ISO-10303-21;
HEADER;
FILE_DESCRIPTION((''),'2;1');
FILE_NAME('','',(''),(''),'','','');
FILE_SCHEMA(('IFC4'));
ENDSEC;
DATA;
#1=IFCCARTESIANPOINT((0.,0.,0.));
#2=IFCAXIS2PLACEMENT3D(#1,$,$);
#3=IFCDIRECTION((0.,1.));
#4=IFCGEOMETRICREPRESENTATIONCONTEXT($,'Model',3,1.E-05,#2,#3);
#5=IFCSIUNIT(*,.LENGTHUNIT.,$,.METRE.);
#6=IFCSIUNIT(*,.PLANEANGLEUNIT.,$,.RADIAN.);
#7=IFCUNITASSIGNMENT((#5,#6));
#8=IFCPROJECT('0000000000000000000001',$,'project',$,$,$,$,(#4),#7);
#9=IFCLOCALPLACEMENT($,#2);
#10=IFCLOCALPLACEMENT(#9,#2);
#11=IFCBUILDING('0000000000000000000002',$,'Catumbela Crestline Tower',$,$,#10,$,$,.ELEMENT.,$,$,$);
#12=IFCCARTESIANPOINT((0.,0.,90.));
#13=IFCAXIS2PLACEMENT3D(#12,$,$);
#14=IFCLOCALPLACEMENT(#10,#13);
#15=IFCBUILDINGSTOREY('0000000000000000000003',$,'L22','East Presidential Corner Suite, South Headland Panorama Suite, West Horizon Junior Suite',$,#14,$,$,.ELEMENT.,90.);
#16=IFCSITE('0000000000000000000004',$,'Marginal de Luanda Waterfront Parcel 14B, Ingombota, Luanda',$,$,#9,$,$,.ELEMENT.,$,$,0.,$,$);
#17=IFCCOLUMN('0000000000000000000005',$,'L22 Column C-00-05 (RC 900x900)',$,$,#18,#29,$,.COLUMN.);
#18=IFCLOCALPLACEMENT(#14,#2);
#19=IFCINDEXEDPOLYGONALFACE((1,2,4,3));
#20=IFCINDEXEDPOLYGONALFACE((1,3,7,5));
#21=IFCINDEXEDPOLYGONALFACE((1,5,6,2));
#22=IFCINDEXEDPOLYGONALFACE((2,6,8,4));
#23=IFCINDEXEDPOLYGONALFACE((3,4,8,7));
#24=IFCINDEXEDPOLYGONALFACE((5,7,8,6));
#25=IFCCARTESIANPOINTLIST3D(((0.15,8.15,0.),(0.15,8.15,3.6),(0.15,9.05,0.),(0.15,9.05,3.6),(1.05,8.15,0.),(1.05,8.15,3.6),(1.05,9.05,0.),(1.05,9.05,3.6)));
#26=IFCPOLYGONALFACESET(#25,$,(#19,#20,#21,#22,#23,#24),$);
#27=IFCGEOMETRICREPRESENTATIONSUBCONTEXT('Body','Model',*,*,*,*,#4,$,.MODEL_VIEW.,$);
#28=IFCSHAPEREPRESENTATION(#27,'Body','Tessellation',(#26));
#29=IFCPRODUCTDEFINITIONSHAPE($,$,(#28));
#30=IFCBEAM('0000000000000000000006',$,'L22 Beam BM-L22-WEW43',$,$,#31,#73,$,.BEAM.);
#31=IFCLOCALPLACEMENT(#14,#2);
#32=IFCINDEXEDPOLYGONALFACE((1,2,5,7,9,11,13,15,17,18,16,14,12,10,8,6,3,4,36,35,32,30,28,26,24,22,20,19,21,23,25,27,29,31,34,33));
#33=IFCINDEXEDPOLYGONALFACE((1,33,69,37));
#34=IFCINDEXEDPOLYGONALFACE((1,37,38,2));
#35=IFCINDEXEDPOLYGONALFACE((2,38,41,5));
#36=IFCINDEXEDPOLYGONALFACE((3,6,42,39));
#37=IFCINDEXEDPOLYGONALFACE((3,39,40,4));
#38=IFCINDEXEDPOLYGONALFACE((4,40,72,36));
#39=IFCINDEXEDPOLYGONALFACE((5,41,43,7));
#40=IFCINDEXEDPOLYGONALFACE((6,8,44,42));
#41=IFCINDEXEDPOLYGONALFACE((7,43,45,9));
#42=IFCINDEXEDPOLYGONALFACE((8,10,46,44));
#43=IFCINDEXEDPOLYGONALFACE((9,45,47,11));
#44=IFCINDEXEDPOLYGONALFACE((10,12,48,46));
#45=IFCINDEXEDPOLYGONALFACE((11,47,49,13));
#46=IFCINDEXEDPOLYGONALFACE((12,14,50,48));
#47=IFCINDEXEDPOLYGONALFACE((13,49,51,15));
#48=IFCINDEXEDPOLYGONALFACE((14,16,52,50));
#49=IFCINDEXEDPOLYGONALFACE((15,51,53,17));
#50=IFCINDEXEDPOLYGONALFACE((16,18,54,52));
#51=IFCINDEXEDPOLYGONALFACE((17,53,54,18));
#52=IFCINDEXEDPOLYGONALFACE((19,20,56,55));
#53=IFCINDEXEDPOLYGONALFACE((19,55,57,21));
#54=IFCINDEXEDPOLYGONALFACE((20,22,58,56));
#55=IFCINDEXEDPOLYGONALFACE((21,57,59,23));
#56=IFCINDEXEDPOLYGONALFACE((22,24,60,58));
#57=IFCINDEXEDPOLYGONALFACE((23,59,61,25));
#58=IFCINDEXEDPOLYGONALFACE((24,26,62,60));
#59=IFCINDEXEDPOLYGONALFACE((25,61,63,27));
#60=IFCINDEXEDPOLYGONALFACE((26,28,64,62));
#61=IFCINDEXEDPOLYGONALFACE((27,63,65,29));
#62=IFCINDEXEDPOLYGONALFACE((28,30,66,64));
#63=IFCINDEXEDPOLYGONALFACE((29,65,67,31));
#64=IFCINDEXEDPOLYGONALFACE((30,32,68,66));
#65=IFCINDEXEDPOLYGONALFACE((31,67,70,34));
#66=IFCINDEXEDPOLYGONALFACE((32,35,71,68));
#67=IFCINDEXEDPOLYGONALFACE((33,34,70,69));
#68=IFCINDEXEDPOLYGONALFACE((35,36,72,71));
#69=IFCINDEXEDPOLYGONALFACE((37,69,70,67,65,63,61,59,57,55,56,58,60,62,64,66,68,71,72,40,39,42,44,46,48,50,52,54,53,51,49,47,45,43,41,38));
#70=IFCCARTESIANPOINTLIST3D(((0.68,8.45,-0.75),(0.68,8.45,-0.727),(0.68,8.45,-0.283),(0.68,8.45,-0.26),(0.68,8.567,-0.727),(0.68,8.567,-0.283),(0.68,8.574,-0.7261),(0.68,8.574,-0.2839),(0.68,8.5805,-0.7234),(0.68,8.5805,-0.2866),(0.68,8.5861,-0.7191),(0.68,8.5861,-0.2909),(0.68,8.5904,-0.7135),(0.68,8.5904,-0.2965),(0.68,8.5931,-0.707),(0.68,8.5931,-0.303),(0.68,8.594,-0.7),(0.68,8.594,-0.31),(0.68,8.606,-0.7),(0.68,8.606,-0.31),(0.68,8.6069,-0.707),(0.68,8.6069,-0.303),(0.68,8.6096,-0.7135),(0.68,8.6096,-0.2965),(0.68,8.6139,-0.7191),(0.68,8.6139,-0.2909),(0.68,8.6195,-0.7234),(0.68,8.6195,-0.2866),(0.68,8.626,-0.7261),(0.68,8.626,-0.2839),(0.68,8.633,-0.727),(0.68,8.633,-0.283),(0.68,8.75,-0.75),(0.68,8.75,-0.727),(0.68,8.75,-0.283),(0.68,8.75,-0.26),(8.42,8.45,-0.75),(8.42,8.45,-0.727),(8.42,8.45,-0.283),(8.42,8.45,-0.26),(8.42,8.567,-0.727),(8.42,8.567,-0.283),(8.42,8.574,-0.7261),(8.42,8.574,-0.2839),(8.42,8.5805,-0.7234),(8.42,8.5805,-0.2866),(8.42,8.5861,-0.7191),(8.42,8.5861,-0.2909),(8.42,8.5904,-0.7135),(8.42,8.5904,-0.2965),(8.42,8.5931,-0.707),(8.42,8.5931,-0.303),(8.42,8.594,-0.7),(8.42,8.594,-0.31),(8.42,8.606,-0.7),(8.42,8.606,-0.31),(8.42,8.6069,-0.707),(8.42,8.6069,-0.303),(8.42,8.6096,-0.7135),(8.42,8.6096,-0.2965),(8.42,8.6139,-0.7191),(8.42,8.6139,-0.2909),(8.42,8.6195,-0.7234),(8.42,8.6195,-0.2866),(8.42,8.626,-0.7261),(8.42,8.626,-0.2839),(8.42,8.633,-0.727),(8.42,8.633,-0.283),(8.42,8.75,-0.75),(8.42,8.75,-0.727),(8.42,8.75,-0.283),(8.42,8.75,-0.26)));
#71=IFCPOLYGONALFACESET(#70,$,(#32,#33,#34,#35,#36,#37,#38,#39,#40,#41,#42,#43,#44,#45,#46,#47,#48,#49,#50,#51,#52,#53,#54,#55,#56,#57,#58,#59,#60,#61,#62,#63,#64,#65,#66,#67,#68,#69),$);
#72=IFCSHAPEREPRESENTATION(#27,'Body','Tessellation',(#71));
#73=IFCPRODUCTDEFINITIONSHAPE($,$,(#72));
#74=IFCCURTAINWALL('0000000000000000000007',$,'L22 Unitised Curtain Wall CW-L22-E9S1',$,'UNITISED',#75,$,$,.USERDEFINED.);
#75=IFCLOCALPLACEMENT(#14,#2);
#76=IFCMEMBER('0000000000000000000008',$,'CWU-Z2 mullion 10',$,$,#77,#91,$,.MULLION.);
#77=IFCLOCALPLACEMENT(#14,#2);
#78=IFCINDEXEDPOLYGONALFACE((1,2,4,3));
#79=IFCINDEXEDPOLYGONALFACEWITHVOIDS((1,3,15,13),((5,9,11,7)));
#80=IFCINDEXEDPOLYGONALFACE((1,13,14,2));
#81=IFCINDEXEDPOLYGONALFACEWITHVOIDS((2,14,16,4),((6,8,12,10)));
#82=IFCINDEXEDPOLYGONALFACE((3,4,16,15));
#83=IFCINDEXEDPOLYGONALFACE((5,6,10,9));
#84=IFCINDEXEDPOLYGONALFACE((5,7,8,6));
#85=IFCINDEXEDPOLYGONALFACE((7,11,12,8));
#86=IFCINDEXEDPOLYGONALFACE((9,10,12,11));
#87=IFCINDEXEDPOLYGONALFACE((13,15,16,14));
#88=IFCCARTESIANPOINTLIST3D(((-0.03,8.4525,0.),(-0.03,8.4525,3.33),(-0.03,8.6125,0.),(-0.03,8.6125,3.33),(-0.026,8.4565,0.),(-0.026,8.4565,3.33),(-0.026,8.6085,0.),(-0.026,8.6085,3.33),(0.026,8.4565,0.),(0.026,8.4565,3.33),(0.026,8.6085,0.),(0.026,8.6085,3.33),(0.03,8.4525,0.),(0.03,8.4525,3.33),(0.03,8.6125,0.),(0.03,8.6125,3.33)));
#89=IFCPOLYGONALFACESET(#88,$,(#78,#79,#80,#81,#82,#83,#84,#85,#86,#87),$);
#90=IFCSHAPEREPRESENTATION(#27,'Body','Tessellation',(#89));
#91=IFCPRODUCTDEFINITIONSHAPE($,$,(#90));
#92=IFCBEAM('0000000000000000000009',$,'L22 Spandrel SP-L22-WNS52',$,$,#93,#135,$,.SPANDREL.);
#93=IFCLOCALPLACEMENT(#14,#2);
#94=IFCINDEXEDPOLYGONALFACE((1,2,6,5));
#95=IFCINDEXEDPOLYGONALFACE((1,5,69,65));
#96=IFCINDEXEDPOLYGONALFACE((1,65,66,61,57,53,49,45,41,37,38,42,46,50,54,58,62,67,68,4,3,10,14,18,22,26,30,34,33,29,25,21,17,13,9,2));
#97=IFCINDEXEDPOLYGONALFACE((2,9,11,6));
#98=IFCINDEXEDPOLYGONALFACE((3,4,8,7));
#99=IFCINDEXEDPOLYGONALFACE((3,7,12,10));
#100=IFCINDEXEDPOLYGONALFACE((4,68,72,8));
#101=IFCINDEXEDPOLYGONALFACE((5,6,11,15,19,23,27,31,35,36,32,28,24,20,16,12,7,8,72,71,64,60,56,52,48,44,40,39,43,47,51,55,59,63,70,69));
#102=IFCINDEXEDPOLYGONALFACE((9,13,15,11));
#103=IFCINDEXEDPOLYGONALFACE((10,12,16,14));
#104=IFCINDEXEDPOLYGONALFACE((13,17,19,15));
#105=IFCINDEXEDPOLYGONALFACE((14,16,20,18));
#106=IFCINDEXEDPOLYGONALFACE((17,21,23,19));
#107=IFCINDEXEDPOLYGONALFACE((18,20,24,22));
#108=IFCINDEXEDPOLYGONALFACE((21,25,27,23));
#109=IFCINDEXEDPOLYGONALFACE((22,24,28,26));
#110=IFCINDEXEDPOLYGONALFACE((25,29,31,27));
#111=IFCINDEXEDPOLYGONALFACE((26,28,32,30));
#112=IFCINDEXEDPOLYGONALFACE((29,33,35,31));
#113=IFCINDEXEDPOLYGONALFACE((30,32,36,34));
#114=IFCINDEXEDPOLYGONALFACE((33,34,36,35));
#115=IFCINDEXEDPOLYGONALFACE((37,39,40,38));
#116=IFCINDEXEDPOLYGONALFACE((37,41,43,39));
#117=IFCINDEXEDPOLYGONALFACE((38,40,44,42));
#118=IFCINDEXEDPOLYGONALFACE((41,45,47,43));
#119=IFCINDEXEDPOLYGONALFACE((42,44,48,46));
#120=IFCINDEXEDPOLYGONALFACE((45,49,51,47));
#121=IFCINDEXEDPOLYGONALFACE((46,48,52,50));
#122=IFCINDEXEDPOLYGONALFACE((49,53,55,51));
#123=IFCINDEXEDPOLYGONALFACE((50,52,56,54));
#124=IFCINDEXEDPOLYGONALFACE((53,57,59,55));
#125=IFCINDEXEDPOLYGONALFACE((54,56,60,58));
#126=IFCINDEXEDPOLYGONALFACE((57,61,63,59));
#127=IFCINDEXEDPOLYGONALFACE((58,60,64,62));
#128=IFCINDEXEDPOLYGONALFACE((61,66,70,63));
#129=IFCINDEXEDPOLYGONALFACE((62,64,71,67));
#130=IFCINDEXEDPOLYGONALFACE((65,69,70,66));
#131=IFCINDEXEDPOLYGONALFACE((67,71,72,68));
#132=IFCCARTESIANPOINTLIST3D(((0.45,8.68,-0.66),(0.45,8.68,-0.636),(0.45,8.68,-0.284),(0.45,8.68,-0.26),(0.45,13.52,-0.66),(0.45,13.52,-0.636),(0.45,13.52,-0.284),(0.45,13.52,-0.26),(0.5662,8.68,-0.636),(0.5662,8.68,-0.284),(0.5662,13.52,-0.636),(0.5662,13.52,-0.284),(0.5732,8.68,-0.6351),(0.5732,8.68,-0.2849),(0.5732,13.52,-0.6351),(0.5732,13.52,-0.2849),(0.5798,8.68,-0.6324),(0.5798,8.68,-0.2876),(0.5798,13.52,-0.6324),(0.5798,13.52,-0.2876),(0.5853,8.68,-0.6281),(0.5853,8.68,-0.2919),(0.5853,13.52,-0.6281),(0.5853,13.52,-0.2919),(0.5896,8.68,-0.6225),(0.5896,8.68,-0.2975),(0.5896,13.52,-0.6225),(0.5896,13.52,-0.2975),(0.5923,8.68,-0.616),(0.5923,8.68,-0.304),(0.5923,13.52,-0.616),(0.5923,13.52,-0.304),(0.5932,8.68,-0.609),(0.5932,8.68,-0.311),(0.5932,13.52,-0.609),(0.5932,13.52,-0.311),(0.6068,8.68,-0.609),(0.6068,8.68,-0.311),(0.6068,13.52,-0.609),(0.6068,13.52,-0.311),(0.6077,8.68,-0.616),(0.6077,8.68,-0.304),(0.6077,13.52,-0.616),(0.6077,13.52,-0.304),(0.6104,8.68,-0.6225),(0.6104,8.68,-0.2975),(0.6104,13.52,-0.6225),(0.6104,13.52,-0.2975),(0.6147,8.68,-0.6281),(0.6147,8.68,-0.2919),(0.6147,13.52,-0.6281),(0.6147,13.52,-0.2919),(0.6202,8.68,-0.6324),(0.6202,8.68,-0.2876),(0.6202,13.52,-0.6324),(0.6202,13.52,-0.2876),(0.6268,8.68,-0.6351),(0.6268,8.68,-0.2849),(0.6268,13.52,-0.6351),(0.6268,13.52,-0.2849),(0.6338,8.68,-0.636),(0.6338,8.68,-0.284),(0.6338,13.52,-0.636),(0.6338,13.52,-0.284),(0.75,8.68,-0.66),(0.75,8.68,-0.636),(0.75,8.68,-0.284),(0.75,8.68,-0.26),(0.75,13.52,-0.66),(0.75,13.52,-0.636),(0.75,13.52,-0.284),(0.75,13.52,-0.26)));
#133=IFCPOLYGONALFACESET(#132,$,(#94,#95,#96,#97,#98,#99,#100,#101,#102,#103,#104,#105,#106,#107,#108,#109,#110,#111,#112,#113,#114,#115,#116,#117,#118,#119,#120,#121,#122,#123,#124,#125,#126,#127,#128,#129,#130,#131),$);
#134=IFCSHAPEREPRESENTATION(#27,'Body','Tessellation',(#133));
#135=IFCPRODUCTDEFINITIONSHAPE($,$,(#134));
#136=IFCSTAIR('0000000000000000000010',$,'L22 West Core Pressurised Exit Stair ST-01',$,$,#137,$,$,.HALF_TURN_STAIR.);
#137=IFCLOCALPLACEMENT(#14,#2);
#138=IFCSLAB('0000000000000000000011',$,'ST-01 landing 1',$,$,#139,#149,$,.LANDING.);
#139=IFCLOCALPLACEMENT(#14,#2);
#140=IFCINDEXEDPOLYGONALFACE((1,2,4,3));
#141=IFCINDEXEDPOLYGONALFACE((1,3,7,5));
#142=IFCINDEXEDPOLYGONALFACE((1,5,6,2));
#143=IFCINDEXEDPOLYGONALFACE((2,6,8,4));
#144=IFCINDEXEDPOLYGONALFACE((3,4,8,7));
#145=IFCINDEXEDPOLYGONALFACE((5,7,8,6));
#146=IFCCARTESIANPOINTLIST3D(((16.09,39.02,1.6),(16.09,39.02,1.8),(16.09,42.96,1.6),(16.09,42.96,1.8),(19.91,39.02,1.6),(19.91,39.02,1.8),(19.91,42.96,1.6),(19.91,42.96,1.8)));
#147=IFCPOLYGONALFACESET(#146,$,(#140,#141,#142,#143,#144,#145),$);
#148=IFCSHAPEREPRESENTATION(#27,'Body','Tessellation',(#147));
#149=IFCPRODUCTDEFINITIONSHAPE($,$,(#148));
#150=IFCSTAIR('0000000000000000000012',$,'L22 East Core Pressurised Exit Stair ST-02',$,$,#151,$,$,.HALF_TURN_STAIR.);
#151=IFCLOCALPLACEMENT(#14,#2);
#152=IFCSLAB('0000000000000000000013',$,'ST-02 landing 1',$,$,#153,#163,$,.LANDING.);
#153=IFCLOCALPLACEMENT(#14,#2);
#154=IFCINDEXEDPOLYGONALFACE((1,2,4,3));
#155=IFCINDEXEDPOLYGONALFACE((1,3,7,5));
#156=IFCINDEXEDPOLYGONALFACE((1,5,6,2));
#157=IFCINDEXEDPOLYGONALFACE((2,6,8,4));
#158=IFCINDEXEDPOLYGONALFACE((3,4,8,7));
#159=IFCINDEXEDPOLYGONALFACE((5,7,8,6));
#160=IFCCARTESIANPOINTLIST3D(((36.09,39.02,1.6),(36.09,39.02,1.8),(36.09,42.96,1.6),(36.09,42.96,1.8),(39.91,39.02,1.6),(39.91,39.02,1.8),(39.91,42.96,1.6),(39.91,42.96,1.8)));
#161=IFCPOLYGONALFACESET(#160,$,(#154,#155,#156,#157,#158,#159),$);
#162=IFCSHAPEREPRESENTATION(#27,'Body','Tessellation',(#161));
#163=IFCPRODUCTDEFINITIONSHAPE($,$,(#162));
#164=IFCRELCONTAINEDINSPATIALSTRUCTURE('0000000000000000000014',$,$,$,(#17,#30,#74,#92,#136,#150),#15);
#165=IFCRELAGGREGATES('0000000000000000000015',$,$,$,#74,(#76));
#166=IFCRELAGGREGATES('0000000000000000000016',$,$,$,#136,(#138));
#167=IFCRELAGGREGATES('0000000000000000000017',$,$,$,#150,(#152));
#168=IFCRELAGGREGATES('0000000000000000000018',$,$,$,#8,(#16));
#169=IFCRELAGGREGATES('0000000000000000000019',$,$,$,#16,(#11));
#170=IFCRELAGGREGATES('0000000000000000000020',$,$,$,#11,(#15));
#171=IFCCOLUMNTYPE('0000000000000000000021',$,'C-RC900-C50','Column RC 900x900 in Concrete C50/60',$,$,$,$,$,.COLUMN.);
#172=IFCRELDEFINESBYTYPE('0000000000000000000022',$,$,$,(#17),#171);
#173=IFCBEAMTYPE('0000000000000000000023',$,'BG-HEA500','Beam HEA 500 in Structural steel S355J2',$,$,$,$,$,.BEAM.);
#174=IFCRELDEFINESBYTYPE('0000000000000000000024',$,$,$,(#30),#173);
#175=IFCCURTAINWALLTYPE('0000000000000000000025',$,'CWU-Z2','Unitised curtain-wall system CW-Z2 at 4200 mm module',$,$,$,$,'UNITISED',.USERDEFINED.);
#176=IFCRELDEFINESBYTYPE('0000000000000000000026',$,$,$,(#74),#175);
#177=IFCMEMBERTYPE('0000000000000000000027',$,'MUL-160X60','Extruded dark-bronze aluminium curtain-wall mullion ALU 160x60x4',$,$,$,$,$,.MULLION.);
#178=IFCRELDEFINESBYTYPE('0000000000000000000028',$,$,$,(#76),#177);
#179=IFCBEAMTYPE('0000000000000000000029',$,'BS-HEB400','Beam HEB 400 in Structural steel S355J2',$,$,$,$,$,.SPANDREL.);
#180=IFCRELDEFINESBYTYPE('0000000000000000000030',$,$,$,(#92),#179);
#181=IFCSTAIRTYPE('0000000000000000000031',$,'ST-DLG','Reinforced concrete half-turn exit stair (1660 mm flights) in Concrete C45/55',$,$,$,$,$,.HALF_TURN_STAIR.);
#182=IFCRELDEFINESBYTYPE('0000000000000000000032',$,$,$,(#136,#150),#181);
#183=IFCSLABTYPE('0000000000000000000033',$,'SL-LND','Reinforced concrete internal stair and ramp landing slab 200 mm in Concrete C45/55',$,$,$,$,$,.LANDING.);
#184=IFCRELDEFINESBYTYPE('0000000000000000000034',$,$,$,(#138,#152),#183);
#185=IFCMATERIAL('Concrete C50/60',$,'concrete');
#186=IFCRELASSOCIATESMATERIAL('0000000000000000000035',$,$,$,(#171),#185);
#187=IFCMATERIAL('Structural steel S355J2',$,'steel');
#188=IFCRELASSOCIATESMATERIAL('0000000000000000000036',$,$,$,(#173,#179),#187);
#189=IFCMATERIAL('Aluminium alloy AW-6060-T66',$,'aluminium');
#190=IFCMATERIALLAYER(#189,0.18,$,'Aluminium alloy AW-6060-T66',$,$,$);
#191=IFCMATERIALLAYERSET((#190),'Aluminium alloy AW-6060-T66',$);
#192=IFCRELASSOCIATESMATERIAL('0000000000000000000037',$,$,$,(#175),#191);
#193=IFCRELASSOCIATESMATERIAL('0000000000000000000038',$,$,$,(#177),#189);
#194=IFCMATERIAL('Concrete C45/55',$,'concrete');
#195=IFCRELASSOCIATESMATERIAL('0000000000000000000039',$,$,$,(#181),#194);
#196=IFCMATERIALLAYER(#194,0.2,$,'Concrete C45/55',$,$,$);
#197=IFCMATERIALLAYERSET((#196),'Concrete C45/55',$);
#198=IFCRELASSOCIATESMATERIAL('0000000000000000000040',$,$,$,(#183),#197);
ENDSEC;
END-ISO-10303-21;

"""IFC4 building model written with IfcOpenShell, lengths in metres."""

from ifc_helpers import new_model, si_unit, direction, frame, origin, origin_2d, place, context, subcontext, project, spatial, polyline, rectangle, hollow_rectangle, i_section, outline, extrude, material, layer, layer_set, material_profile, profile_set, type_object, element, aggregate, save


model = new_model("IFC4")

# Units and contexts
model_context = context("Model", 3, precision=1e-05, world=origin(), true_north=direction((0.0, 1.0)))
body_context = subcontext(model_context, "Body", "Model", "MODEL_VIEW")
ifc_project = project(units=[si_unit("LENGTHUNIT", "METRE"), si_unit("PLANEANGLEUNIT", "RADIAN")], contexts=[model_context])

# Site, building, storey
site_placement = place(None, origin())
site = spatial("IfcSite", under=ifc_project, at=site_placement, Name="Marginal de Luanda Waterfront Parcel 14B, Ingombota, Luanda", CompositionType="ELEMENT", RefElevation=0.0)
building_placement = place(site_placement, origin())
building = spatial("IfcBuilding", under=site, at=building_placement, Name="Catumbela Crestline Tower", CompositionType="ELEMENT")
storey_placement = place(building_placement, frame((0.0, 0.0, 90.0)))
storey = spatial("IfcBuildingStorey", under=building, at=storey_placement, Name="L22", Description="East Presidential Corner Suite, South Headland Panorama Suite, West Horizon Junior Suite", CompositionType="ELEMENT", Elevation=90.0)

# Column
ifc_material_1 = material(Name="Concrete C50/60", Category="concrete")
ifc_material_profile_1 = material_profile(ifc_material_1, rectangle(XDim=0.9, YDim=0.9, at=origin_2d()), Name="RC 900x900")
ifc_profile_set_1 = profile_set([ifc_material_profile_1], Name="Concrete C50/60")
column_type = type_object("IfcColumnType", Name="C-RC900-C50", Description="Column RC 900x900 in Concrete C50/60", PredefinedType="COLUMN", material=ifc_profile_set_1)
column_placement = place(storey_placement, frame((0.6, 8.6, 0.0), z_axis=(0.0, 0.0, 1.0), x_axis=(1.0, 0.0, 0.0)))
element("IfcColumn", 1, at=column_placement, inside=storey, type_object=column_type, Name="L22 Column C-00-05 (RC 900x900)", PredefinedType="COLUMN", context=body_context, shape_type="SweptSolid", body=[
    extrude(rectangle(XDim=0.9, YDim=0.9, at=origin_2d()), origin(), (0.0, 0.0, 1.0), 3.6),
])

# Beam
ifc_material_2 = material(Name="Structural steel S355J2", Category="steel")
ifc_material_profile_2 = material_profile(ifc_material_2, i_section(OverallWidth=0.3, OverallDepth=0.49, WebThickness=0.012, FlangeThickness=0.023, FilletRadius=0.027, at=origin_2d()), Name="HEA 500")
ifc_profile_set_2 = profile_set([ifc_material_profile_2], Name="Structural steel S355J2")
beam_type_1 = type_object("IfcBeamType", Name="BG-HEA500", Description="Beam HEA 500 in Structural steel S355J2", PredefinedType="BEAM", material=ifc_profile_set_2)
beam_1_placement = place(storey_placement, frame((0.68, 8.6, -0.505), z_axis=(1.0, 0.0, 0.0), x_axis=(0.0, 1.0, 0.0)))
element("IfcBeam", 2, at=beam_1_placement, inside=storey, type_object=beam_type_1, Name="L22 Beam BM-L22-WEW43", PredefinedType="BEAM", context=body_context, shape_type="SweptSolid", body=[
    extrude(i_section(OverallWidth=0.3, OverallDepth=0.49, WebThickness=0.012, FlangeThickness=0.023, FilletRadius=0.027, at=origin_2d()), origin(), (0.0, 0.0, 1.0), 7.74),
])

# Curtain wall, member
ifc_material_3 = material(Name="Aluminium alloy AW-6060-T66", Category="aluminium")
ifc_layer_1 = layer(ifc_material_3, 0.18, Name="Aluminium alloy AW-6060-T66")
ifc_layer_set_1 = layer_set([ifc_layer_1], Name="Aluminium alloy AW-6060-T66")
curtain_wall_type = type_object("IfcCurtainWallType", Name="CWU-Z2", Description="Unitised curtain-wall system CW-Z2 at 4200 mm module", ElementType="UNITISED", PredefinedType="USERDEFINED", material=ifc_layer_set_1)
curtain_wall_placement = place(storey_placement, origin())
curtain_wall = element("IfcCurtainWall", 3, at=curtain_wall_placement, inside=storey, type_object=curtain_wall_type, Name="L22 Unitised Curtain Wall CW-L22-E9S1", ObjectType="UNITISED", PredefinedType="USERDEFINED")
ifc_material_profile_3 = material_profile(ifc_material_3, hollow_rectangle(XDim=0.06, YDim=0.16, WallThickness=0.004, at=origin_2d()), Name="ALU 160x60x4")
ifc_profile_set_3 = profile_set([ifc_material_profile_3], Name="Aluminium alloy AW-6060-T66")
member_type = type_object("IfcMemberType", Name="MUL-160X60", Description="Extruded dark-bronze aluminium curtain-wall mullion ALU 160x60x4", PredefinedType="MULLION", material=ifc_profile_set_3)
member_placement = place(storey_placement, frame((0.0, 8.5325, 0.0), z_axis=(0.0, 0.0, 1.0), x_axis=(1.0, 0.0, 0.0)))
member = element("IfcMember", 4, at=member_placement, type_object=member_type, Name="CWU-Z2 mullion 10", PredefinedType="MULLION", context=body_context, shape_type="SweptSolid", body=[
    extrude(hollow_rectangle(XDim=0.06, YDim=0.16, WallThickness=0.004, at=origin_2d()), origin(), (0.0, 0.0, 1.0), 3.33),
])
aggregate(curtain_wall, [member])

# Beam
ifc_material_profile_4 = material_profile(ifc_material_2, i_section(OverallWidth=0.3, OverallDepth=0.4, WebThickness=0.0135, FlangeThickness=0.024, FilletRadius=0.027, at=origin_2d()), Name="HEB 400")
ifc_profile_set_4 = profile_set([ifc_material_profile_4], Name="Structural steel S355J2")
beam_type_2 = type_object("IfcBeamType", Name="BS-HEB400", Description="Beam HEB 400 in Structural steel S355J2", PredefinedType="SPANDREL", material=ifc_profile_set_4)
beam_2_placement = place(storey_placement, frame((0.6, 8.68, -0.46), z_axis=(0.0, 1.0, 0.0), x_axis=(-1.0, 0.0, 0.0)))
element("IfcBeam", 5, at=beam_2_placement, inside=storey, type_object=beam_type_2, Name="L22 Spandrel SP-L22-WNS52", PredefinedType="SPANDREL", context=body_context, shape_type="SweptSolid", body=[
    extrude(i_section(OverallWidth=0.3, OverallDepth=0.4, WebThickness=0.0135, FlangeThickness=0.024, FilletRadius=0.027, at=origin_2d()), origin(), (0.0, 0.0, 1.0), 4.84),
])

# Stairs, slabs
ifc_material_4 = material(Name="Concrete C45/55", Category="concrete")
stair_type = type_object("IfcStairType", Name="ST-DLG", Description="Reinforced concrete half-turn exit stair (1660 mm flights) in Concrete C45/55", PredefinedType="HALF_TURN_STAIR", material=ifc_material_4)
stair_1_placement = place(storey_placement, origin())
stair_1 = element("IfcStair", 6, at=stair_1_placement, inside=storey, type_object=stair_type, Name="L22 West Core Pressurised Exit Stair ST-01", PredefinedType="HALF_TURN_STAIR")
ifc_layer_2 = layer(ifc_material_4, 0.2, Name="Concrete C45/55")
ifc_layer_set_2 = layer_set([ifc_layer_2], Name="Concrete C45/55")
slab_type_1 = type_object("IfcSlabType", Name="SL-LND", Description="Reinforced concrete internal stair and ramp landing slab 200 mm in Concrete C45/55", PredefinedType="LANDING", material=ifc_layer_set_2)
slab_1_placement = place(storey_placement, frame((0.0, 0.0, 1.6)))
slab_1 = element("IfcSlab", 7, at=slab_1_placement, type_object=slab_type_1, Name="ST-01 landing 1", PredefinedType="LANDING", context=body_context, shape_type="SweptSolid", body=[
    extrude(outline(polyline([(19.91, 39.02), (19.91, 42.96), (16.09, 42.96), (16.09, 39.02), (19.91, 39.02)])), origin(), (0.0, 0.0, 1.0), 0.2),
])
aggregate(stair_1, [slab_1])
stair_2_placement = place(storey_placement, origin())
stair_2 = element("IfcStair", 8, at=stair_2_placement, inside=storey, type_object=stair_type, Name="L22 East Core Pressurised Exit Stair ST-02", PredefinedType="HALF_TURN_STAIR")
slab_2_placement = place(storey_placement, frame((0.0, 0.0, 1.6)))
slab_2 = element("IfcSlab", 9, at=slab_2_placement, type_object=slab_type_1, Name="ST-02 landing 1", PredefinedType="LANDING", context=body_context, shape_type="SweptSolid", body=[
    extrude(outline(polyline([(39.91, 39.02), (39.91, 42.96), (36.09, 42.96), (36.09, 39.02), (39.91, 39.02)])), origin(), (0.0, 0.0, 1.0), 0.2),
])
aggregate(stair_2, [slab_2])

save(model, "model.ifc")
